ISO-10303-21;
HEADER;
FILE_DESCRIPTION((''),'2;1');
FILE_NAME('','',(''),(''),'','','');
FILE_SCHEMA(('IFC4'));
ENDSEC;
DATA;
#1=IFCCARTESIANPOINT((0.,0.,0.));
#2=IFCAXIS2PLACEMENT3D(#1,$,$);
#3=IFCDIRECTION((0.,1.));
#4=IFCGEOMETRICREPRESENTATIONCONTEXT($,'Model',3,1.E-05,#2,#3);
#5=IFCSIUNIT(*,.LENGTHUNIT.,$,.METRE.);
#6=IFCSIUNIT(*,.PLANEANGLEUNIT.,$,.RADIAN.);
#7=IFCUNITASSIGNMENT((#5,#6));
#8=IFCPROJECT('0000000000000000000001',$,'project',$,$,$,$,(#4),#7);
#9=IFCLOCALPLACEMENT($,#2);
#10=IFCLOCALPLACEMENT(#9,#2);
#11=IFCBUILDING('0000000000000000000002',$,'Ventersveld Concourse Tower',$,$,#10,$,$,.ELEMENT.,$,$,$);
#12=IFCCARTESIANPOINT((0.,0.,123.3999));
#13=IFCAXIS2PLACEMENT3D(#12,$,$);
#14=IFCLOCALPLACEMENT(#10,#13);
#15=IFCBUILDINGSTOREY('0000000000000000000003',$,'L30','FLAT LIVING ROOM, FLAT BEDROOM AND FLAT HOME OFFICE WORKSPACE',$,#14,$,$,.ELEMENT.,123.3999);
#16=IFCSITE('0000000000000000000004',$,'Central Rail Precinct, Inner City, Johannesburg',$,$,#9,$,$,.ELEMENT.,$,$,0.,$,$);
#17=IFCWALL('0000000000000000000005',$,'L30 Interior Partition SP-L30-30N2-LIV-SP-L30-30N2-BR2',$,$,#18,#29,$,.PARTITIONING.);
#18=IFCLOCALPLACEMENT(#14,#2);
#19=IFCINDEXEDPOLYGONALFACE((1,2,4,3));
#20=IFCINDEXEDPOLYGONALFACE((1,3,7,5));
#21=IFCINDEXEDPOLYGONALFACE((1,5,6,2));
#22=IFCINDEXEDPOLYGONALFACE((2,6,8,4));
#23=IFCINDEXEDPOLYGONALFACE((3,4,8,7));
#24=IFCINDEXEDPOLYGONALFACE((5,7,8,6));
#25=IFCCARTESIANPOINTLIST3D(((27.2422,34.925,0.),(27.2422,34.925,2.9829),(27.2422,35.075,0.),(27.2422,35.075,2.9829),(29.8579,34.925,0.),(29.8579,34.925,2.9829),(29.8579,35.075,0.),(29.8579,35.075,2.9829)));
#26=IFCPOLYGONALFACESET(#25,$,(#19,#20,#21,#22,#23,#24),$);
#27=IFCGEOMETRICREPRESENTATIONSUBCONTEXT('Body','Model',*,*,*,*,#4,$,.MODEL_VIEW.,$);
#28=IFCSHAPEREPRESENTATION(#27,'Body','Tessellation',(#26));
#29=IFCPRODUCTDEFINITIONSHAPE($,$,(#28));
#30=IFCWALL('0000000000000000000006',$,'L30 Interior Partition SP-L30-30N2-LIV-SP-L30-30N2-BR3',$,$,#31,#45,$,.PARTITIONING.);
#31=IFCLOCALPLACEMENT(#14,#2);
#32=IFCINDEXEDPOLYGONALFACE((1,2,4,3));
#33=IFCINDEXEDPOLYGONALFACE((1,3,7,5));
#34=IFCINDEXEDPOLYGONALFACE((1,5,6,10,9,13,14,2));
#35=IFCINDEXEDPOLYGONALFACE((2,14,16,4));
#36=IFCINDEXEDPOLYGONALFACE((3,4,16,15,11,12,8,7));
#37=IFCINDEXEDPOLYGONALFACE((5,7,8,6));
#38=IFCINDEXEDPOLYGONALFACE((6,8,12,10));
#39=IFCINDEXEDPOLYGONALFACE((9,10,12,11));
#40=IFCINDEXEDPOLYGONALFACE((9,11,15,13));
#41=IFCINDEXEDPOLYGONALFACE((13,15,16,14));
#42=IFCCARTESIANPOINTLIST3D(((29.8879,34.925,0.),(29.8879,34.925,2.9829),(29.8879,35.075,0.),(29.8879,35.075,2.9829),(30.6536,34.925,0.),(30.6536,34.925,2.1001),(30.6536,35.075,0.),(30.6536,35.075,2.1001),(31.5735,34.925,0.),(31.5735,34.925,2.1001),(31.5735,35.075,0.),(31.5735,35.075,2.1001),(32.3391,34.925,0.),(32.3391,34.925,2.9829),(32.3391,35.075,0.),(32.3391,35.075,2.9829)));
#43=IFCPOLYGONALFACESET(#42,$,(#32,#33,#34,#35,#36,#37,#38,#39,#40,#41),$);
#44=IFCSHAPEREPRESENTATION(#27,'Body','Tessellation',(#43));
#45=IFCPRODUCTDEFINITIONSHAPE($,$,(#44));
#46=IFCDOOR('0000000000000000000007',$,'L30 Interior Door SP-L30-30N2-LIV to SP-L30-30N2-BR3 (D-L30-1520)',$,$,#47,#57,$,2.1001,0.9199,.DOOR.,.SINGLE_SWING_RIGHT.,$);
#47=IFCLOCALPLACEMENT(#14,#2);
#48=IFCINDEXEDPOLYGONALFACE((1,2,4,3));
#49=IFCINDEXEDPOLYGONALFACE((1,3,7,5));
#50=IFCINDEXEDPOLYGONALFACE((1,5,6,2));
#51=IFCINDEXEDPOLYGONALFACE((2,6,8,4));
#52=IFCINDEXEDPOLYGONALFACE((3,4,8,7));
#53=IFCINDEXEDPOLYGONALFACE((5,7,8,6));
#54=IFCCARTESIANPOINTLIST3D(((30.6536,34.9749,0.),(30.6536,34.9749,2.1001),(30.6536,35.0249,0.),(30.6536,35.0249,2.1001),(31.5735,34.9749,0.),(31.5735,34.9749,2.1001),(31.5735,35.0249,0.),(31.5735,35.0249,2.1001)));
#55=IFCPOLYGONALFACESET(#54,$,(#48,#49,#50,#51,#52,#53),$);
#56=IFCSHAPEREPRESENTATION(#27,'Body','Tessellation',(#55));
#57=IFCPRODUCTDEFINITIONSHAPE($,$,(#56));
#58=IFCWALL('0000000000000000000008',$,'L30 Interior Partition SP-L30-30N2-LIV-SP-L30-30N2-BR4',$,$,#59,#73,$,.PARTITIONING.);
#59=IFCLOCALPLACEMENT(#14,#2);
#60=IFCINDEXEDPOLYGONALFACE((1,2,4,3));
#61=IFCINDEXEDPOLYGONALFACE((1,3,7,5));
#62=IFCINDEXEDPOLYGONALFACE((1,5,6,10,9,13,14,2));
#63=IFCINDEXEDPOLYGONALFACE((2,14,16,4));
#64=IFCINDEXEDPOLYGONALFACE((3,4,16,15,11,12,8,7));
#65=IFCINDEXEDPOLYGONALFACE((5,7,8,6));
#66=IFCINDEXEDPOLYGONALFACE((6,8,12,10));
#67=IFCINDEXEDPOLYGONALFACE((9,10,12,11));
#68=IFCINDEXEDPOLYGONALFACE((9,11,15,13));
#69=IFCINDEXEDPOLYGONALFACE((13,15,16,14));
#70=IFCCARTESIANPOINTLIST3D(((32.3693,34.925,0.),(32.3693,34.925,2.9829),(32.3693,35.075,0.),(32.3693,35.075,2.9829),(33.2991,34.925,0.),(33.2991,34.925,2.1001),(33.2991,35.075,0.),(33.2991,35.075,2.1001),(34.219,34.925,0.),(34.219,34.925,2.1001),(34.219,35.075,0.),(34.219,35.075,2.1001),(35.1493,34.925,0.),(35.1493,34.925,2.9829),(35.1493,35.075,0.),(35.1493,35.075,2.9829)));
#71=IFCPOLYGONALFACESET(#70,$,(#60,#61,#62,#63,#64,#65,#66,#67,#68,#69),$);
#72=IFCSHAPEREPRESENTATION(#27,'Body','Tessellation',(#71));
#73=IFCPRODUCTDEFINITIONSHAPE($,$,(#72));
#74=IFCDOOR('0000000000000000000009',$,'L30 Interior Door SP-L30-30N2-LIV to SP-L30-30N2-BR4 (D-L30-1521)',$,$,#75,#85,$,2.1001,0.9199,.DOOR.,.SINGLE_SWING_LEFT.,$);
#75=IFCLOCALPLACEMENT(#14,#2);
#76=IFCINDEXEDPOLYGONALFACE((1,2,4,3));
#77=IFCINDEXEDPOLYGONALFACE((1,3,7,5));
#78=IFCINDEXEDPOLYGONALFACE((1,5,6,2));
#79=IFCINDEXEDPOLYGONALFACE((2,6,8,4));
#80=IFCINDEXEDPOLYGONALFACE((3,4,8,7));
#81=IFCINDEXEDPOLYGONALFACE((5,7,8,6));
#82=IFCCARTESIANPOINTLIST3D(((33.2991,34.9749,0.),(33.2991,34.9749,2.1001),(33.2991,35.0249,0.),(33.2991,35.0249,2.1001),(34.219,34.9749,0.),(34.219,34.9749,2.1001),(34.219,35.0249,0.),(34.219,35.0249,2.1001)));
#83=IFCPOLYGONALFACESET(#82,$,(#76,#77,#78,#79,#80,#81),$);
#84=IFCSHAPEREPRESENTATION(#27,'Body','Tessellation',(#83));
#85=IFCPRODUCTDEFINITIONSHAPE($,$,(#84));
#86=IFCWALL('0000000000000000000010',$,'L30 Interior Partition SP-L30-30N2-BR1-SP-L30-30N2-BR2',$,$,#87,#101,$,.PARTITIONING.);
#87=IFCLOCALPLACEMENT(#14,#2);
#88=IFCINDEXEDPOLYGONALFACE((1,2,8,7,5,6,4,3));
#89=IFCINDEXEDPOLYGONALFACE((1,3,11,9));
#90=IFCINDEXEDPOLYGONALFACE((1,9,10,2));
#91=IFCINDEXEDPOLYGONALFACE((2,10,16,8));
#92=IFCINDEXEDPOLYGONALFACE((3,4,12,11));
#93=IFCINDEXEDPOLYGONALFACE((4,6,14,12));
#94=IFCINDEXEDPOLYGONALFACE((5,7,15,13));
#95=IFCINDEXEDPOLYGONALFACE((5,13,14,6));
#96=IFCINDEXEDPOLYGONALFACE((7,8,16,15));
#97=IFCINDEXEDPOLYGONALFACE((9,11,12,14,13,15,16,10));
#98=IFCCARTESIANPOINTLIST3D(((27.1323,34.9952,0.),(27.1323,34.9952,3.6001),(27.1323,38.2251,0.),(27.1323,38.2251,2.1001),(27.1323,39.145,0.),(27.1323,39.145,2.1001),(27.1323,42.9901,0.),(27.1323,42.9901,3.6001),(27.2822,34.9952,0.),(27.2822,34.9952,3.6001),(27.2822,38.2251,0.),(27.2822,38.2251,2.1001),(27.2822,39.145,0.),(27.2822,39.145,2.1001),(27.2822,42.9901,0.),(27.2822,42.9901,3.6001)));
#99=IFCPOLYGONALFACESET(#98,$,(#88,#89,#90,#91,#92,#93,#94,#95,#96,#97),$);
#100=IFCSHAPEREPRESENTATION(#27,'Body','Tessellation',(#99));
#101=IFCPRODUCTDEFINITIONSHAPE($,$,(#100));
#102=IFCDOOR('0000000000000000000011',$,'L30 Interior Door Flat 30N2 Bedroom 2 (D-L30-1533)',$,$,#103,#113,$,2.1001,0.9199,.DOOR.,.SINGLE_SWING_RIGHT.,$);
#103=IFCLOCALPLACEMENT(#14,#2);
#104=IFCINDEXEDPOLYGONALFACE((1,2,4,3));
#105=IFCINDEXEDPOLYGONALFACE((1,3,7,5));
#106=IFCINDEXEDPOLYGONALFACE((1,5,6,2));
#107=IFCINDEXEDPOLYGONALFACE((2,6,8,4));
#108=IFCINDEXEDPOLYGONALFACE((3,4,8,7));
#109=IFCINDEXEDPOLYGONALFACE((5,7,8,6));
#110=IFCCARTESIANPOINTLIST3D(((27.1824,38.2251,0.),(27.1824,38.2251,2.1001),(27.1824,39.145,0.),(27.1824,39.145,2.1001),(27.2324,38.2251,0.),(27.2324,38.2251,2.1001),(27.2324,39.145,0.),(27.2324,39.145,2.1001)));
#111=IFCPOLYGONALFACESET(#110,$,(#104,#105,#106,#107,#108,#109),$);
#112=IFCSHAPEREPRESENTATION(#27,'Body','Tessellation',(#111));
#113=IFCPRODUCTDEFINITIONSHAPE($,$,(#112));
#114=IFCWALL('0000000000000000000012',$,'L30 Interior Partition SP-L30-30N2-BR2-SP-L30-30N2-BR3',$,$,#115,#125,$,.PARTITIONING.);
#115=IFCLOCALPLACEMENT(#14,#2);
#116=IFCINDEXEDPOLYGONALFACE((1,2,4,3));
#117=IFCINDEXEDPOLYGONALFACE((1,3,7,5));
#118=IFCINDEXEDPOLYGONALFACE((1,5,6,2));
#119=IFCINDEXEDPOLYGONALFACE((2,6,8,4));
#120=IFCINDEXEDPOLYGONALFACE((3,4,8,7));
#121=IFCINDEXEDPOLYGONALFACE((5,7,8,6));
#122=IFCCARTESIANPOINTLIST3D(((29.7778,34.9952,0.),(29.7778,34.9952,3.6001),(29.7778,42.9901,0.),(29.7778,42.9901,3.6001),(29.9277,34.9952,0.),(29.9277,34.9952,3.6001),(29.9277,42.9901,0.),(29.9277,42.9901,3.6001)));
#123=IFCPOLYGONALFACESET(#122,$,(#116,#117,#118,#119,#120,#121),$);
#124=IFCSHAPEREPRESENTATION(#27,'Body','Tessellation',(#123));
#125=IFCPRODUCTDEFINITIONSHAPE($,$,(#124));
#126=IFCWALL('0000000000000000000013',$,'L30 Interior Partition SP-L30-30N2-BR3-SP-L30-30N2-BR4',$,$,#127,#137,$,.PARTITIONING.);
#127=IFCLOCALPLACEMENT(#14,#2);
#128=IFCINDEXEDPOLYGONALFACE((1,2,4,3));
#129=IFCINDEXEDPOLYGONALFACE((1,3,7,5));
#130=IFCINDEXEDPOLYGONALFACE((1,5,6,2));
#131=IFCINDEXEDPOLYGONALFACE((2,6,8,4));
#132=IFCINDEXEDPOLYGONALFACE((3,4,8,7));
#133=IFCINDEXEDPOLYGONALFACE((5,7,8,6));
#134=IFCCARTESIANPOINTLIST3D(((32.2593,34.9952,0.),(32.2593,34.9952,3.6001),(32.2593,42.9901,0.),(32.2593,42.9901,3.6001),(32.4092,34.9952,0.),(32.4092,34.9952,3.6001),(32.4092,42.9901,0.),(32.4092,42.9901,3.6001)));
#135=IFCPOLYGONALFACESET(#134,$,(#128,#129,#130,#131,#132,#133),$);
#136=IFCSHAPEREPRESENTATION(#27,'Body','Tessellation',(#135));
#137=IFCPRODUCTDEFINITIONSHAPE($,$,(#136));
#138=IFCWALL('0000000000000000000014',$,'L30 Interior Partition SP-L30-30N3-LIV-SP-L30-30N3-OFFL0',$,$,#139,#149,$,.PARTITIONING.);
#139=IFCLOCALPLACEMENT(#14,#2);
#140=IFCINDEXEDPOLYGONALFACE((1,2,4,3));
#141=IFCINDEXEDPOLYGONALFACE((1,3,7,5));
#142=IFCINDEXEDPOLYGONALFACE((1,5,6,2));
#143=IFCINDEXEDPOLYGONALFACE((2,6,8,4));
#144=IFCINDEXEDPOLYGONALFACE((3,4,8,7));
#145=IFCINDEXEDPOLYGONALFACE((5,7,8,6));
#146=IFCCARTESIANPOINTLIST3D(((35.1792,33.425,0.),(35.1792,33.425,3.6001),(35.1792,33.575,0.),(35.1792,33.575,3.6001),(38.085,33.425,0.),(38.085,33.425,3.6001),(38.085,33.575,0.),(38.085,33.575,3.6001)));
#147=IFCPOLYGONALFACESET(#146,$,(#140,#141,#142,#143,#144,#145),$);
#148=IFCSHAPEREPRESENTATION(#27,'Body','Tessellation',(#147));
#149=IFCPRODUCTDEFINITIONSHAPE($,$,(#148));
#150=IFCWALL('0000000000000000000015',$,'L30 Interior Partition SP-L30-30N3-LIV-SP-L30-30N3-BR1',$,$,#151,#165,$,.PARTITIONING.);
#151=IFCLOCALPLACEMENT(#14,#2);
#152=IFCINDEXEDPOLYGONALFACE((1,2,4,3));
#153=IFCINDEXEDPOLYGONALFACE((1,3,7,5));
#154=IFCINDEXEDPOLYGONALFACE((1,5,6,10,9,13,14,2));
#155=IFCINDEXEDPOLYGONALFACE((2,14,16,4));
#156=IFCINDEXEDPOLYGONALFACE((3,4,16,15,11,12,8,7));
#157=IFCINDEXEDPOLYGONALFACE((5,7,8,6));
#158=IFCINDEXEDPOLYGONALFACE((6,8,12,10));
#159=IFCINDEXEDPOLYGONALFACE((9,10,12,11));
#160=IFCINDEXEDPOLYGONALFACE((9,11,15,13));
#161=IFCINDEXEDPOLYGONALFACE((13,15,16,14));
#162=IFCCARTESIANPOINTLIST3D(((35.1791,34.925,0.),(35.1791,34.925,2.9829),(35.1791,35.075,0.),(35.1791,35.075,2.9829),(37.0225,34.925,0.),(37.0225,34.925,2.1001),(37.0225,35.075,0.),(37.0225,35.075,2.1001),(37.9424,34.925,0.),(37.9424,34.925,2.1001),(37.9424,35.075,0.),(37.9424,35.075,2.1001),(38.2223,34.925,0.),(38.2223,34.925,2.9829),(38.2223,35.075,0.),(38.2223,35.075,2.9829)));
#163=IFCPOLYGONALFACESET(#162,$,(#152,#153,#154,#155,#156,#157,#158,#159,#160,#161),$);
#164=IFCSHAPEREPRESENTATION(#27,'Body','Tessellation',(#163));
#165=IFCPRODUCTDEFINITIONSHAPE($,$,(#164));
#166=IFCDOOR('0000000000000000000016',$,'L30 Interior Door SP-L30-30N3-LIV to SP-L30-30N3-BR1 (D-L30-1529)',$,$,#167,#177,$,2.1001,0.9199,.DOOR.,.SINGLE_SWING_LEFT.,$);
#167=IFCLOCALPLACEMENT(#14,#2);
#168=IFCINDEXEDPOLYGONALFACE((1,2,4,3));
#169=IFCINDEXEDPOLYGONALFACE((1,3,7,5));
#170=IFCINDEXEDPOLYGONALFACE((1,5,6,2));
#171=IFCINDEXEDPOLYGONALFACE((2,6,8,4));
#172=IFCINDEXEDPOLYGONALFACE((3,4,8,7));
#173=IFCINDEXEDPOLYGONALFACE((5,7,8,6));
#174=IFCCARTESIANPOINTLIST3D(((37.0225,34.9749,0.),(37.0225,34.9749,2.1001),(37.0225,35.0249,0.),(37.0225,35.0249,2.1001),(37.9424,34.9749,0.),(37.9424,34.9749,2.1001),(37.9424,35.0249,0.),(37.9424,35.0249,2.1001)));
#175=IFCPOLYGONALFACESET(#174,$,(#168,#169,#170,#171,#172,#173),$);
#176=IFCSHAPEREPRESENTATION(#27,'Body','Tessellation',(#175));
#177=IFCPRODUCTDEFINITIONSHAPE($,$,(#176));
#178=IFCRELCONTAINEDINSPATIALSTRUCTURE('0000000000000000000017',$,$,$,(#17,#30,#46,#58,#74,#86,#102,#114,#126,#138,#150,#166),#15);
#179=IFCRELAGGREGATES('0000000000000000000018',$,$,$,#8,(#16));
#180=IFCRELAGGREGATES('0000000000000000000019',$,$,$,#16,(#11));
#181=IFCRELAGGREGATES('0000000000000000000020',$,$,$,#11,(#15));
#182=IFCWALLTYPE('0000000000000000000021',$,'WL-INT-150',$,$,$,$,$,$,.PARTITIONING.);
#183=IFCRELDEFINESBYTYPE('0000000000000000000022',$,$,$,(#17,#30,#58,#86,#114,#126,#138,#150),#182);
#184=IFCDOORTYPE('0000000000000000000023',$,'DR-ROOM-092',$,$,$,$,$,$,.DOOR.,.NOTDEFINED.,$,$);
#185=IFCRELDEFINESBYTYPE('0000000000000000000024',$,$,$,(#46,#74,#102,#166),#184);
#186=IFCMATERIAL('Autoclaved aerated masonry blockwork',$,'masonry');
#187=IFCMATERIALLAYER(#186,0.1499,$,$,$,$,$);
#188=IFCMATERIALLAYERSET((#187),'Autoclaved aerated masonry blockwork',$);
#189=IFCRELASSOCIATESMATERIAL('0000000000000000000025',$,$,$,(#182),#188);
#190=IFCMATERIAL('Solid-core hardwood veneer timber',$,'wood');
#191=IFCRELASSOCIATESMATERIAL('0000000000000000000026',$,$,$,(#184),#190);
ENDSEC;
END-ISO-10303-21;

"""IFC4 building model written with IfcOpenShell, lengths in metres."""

from ifc_helpers import new_model, si_unit, direction, frame, frame_2d, origin, place, context, subcontext, project, spatial, rectangle, extrude, material, layer, layer_set, type_object, element, fill, save


model = new_model("IFC4")

# Units and contexts
model_context = context("Model", 3, precision=1e-05, world=origin(), true_north=direction((0.0, 1.0)))
body_context = subcontext(model_context, "Body", "Model", "MODEL_VIEW")
ifc_project = project(units=[si_unit("LENGTHUNIT", "METRE"), si_unit("PLANEANGLEUNIT", "RADIAN")], contexts=[model_context])

# Site, building, storey
site_placement = place(None, origin())
site = spatial("IfcSite", under=ifc_project, at=site_placement, Name="Central Rail Precinct, Inner City, Johannesburg", CompositionType="ELEMENT", RefElevation=0.0)
building_placement = place(site_placement, origin())
building = spatial("IfcBuilding", under=site, at=building_placement, Name="Ventersveld Concourse Tower", CompositionType="ELEMENT")
storey_placement = place(building_placement, frame((0.0, 0.0, 123.3999)))
storey = spatial("IfcBuildingStorey", under=building, at=storey_placement, Name="L30", Description="FLAT LIVING ROOM, FLAT BEDROOM AND FLAT HOME OFFICE WORKSPACE", CompositionType="ELEMENT", Elevation=123.3999)

# Wall
ifc_material_1 = material(Name="Autoclaved aerated masonry blockwork", Category="masonry")
ifc_layer_1 = layer(ifc_material_1, 0.1499)
ifc_layer_set_1 = layer_set([ifc_layer_1], Name="Autoclaved aerated masonry blockwork")
wall_type_1 = type_object("IfcWallType", Name="WL-INT-150", PredefinedType="PARTITIONING", material=ifc_layer_set_1)
wall_1_placement = place(storey_placement, frame((27.2422, 35.0, 0.0), z_axis=(0.0, 0.0, 1.0), x_axis=(1.0, 0.0, 0.0)))
element("IfcWall", 1, at=wall_1_placement, inside=storey, type_object=wall_type_1, Name="L30 Interior Partition SP-L30-30N2-LIV-SP-L30-30N2-BR2", PredefinedType="PARTITIONING", context=body_context, shape_type="SweptSolid", body=[
    extrude(rectangle(XDim=2.6157, YDim=0.1499, at=frame_2d((1.3079, 0.0))), origin(), (0.0, 0.0, 1.0), 2.9829),
])

# Walls, openings, doors
wall_2_placement = place(storey_placement, frame((29.8879, 35.0, 0.0), z_axis=(0.0, 0.0, 1.0), x_axis=(1.0, 0.0, 0.0)))
wall_2 = element("IfcWall", 2, at=wall_2_placement, inside=storey, type_object=wall_type_1, Name="L30 Interior Partition SP-L30-30N2-LIV-SP-L30-30N2-BR3", PredefinedType="PARTITIONING", context=body_context, shape_type="SweptSolid", body=[
    extrude(rectangle(XDim=2.4512, YDim=0.1499, at=frame_2d((1.2256, 0.0))), origin(), (0.0, 0.0, 1.0), 2.9829),
])
opening_1_placement = place(wall_2_placement, frame((0.7656, 0.0, 0.0)))
opening_1 = element("IfcOpeningElement", 3, at=opening_1_placement, cuts=wall_2, PredefinedType="OPENING", context=body_context, shape_type="SweptSolid", body=[
    extrude(rectangle(XDim=0.9199, YDim=2.1001, at=frame_2d((0.46, 1.05))), frame((0.0, 0.085, 0.0), z_axis=(0.0, -1.0, 0.0), x_axis=(1.0, 0.0, 0.0)), (0.0, 0.0, 1.0), 0.1699),
])
ifc_material_2 = material(Name="Solid-core hardwood veneer timber", Category="wood")
door_type = type_object("IfcDoorType", Name="DR-ROOM-092", OperationType="NOTDEFINED", PredefinedType="DOOR", material=ifc_material_2)
door_1_placement = place(opening_1_placement, origin())
door_1 = element("IfcDoor", 4, at=door_1_placement, inside=storey, type_object=door_type, Name="L30 Interior Door SP-L30-30N2-LIV to SP-L30-30N2-BR3 (D-L30-1520)", OperationType="SINGLE_SWING_RIGHT", OverallHeight=2.1001, OverallWidth=0.9199, PredefinedType="DOOR", context=body_context, shape_type="SweptSolid", body=[
    extrude(rectangle(XDim=0.9199, YDim=2.1001, at=frame_2d((0.46, 1.05))), frame((0.0, 0.0249, 0.0), z_axis=(0.0, -1.0, 0.0), x_axis=(1.0, 0.0, 0.0)), (0.0, 0.0, 1.0), 0.05),
])
fill(opening_1, door_1)
wall_3_placement = place(storey_placement, frame((32.3691, 35.0, 0.0), z_axis=(0.0, 0.0, 1.0), x_axis=(1.0, 0.0, 0.0)))
wall_3 = element("IfcWall", 5, at=wall_3_placement, inside=storey, type_object=wall_type_1, Name="L30 Interior Partition SP-L30-30N2-LIV-SP-L30-30N2-BR4", PredefinedType="PARTITIONING", context=body_context, shape_type="SweptSolid", body=[
    extrude(rectangle(XDim=2.78, YDim=0.1499, at=frame_2d((1.3901, 0.0))), origin(), (0.0, 0.0, 1.0), 2.9829),
])
opening_2_placement = place(wall_3_placement, frame((0.9299, 0.0, 0.0)))
opening_2 = element("IfcOpeningElement", 6, at=opening_2_placement, cuts=wall_3, PredefinedType="OPENING", context=body_context, shape_type="SweptSolid", body=[
    extrude(rectangle(XDim=0.9199, YDim=2.1001, at=frame_2d((0.46, 1.05))), frame((0.0, 0.085, 0.0), z_axis=(0.0, -1.0, 0.0), x_axis=(1.0, 0.0, 0.0)), (0.0, 0.0, 1.0), 0.1699),
])
door_2_placement = place(opening_2_placement, origin())
door_2 = element("IfcDoor", 7, at=door_2_placement, inside=storey, type_object=door_type, Name="L30 Interior Door SP-L30-30N2-LIV to SP-L30-30N2-BR4 (D-L30-1521)", OperationType="SINGLE_SWING_LEFT", OverallHeight=2.1001, OverallWidth=0.9199, PredefinedType="DOOR", context=body_context, shape_type="SweptSolid", body=[
    extrude(rectangle(XDim=0.9199, YDim=2.1001, at=frame_2d((0.46, 1.05))), frame((0.0, 0.0249, 0.0), z_axis=(0.0, -1.0, 0.0), x_axis=(1.0, 0.0, 0.0)), (0.0, 0.0, 1.0), 0.05),
])
fill(opening_2, door_2)
wall_4_placement = place(storey_placement, frame((27.2073, 34.9951, 0.0), z_axis=(0.0, 0.0, 1.0), x_axis=(0.0, 1.0, 0.0)))
wall_4 = element("IfcWall", 8, at=wall_4_placement, inside=storey, type_object=wall_type_1, Name="L30 Interior Partition SP-L30-30N2-BR1-SP-L30-30N2-BR2", PredefinedType="PARTITIONING", context=body_context, shape_type="SweptSolid", body=[
    extrude(rectangle(XDim=7.9949, YDim=0.1499, at=frame_2d((3.9976, 0.0))), origin(), (0.0, 0.0, 1.0), 3.6001),
])
opening_3_placement = place(wall_4_placement, frame((3.23, 0.0, 0.0)))
opening_3 = element("IfcOpeningElement", 9, at=opening_3_placement, cuts=wall_4, PredefinedType="OPENING", context=body_context, shape_type="SweptSolid", body=[
    extrude(rectangle(XDim=0.9199, YDim=2.1001, at=frame_2d((0.46, 1.05))), frame((0.0, 0.085, 0.0), z_axis=(0.0, -1.0, 0.0), x_axis=(1.0, 0.0, 0.0)), (0.0, 0.0, 1.0), 0.1699),
])
door_3_placement = place(opening_3_placement, origin())
door_3 = element("IfcDoor", 10, at=door_3_placement, inside=storey, type_object=door_type, Name="L30 Interior Door Flat 30N2 Bedroom 2 (D-L30-1533)", OperationType="SINGLE_SWING_RIGHT", OverallHeight=2.1001, OverallWidth=0.9199, PredefinedType="DOOR", context=body_context, shape_type="SweptSolid", body=[
    extrude(rectangle(XDim=0.9199, YDim=2.1001, at=frame_2d((0.46, 1.05))), frame((0.0, 0.0249, 0.0), z_axis=(0.0, -1.0, 0.0), x_axis=(1.0, 0.0, 0.0)), (0.0, 0.0, 1.0), 0.05),
])
fill(opening_3, door_3)

# Walls
for number, where, z_axis, x_axis, name in (
    (11, (29.8528, 34.9951, 0.0), (0.0, 0.0, 1.0), (0.0, 1.0, 0.0), "L30 Interior Partition SP-L30-30N2-BR2-SP-L30-30N2-BR3"),
    (12, (32.3342, 34.9951, 0.0), (0.0, 0.0, 1.0), (0.0, 1.0, 0.0), "L30 Interior Partition SP-L30-30N2-BR3-SP-L30-30N2-BR4"),
):
    element("IfcWall", number, at=place(storey_placement, frame(where, z_axis=z_axis, x_axis=x_axis)), inside=storey, type_object=wall_type_1, Name=name, PredefinedType="PARTITIONING", context=body_context, shape_type="SweptSolid", body=[
        extrude(rectangle(XDim=7.9949, YDim=0.1499, at=frame_2d((3.9976, 0.0))), origin(), (0.0, 0.0, 1.0), 3.6001),
    ])
wall_5_placement = place(storey_placement, frame((35.1792, 33.5, 0.0), z_axis=(0.0, 0.0, 1.0), x_axis=(1.0, 0.0, 0.0)))
element("IfcWall", 13, at=wall_5_placement, inside=storey, type_object=wall_type_1, Name="L30 Interior Partition SP-L30-30N3-LIV-SP-L30-30N3-OFFL0", PredefinedType="PARTITIONING", context=body_context, shape_type="SweptSolid", body=[
    extrude(rectangle(XDim=2.9058, YDim=0.1499, at=frame_2d((1.4529, 0.0))), origin(), (0.0, 0.0, 1.0), 3.6001),
])

# Wall, opening, door
wall_6_placement = place(storey_placement, frame((35.1792, 35.0, 0.0), z_axis=(0.0, 0.0, 1.0), x_axis=(1.0, 0.0, 0.0)))
wall_6 = element("IfcWall", 14, at=wall_6_placement, inside=storey, type_object=wall_type_1, Name="L30 Interior Partition SP-L30-30N3-LIV-SP-L30-30N3-BR1", PredefinedType="PARTITIONING", context=body_context, shape_type="SweptSolid", body=[
    extrude(rectangle(XDim=3.0432, YDim=0.1499, at=frame_2d((1.5215, 0.0))), origin(), (0.0, 0.0, 1.0), 2.9829),
])
opening_4_placement = place(wall_6_placement, frame((1.8433, 0.0, 0.0)))
opening_4 = element("IfcOpeningElement", 15, at=opening_4_placement, cuts=wall_6, PredefinedType="OPENING", context=body_context, shape_type="SweptSolid", body=[
    extrude(rectangle(XDim=0.9199, YDim=2.1001, at=frame_2d((0.46, 1.05))), frame((0.0, 0.085, 0.0), z_axis=(0.0, -1.0, 0.0), x_axis=(1.0, 0.0, 0.0)), (0.0, 0.0, 1.0), 0.1699),
])
door_4_placement = place(opening_4_placement, origin())
door_4 = element("IfcDoor", 16, at=door_4_placement, inside=storey, type_object=door_type, Name="L30 Interior Door SP-L30-30N3-LIV to SP-L30-30N3-BR1 (D-L30-1529)", OperationType="SINGLE_SWING_LEFT", OverallHeight=2.1001, OverallWidth=0.9199, PredefinedType="DOOR", context=body_context, shape_type="SweptSolid", body=[
    extrude(rectangle(XDim=0.9199, YDim=2.1001, at=frame_2d((0.46, 1.05))), frame((0.0, 0.0249, 0.0), z_axis=(0.0, -1.0, 0.0), x_axis=(1.0, 0.0, 0.0)), (0.0, 0.0, 1.0), 0.05),
])
fill(opening_4, door_4)

save(model, "model.ifc")
